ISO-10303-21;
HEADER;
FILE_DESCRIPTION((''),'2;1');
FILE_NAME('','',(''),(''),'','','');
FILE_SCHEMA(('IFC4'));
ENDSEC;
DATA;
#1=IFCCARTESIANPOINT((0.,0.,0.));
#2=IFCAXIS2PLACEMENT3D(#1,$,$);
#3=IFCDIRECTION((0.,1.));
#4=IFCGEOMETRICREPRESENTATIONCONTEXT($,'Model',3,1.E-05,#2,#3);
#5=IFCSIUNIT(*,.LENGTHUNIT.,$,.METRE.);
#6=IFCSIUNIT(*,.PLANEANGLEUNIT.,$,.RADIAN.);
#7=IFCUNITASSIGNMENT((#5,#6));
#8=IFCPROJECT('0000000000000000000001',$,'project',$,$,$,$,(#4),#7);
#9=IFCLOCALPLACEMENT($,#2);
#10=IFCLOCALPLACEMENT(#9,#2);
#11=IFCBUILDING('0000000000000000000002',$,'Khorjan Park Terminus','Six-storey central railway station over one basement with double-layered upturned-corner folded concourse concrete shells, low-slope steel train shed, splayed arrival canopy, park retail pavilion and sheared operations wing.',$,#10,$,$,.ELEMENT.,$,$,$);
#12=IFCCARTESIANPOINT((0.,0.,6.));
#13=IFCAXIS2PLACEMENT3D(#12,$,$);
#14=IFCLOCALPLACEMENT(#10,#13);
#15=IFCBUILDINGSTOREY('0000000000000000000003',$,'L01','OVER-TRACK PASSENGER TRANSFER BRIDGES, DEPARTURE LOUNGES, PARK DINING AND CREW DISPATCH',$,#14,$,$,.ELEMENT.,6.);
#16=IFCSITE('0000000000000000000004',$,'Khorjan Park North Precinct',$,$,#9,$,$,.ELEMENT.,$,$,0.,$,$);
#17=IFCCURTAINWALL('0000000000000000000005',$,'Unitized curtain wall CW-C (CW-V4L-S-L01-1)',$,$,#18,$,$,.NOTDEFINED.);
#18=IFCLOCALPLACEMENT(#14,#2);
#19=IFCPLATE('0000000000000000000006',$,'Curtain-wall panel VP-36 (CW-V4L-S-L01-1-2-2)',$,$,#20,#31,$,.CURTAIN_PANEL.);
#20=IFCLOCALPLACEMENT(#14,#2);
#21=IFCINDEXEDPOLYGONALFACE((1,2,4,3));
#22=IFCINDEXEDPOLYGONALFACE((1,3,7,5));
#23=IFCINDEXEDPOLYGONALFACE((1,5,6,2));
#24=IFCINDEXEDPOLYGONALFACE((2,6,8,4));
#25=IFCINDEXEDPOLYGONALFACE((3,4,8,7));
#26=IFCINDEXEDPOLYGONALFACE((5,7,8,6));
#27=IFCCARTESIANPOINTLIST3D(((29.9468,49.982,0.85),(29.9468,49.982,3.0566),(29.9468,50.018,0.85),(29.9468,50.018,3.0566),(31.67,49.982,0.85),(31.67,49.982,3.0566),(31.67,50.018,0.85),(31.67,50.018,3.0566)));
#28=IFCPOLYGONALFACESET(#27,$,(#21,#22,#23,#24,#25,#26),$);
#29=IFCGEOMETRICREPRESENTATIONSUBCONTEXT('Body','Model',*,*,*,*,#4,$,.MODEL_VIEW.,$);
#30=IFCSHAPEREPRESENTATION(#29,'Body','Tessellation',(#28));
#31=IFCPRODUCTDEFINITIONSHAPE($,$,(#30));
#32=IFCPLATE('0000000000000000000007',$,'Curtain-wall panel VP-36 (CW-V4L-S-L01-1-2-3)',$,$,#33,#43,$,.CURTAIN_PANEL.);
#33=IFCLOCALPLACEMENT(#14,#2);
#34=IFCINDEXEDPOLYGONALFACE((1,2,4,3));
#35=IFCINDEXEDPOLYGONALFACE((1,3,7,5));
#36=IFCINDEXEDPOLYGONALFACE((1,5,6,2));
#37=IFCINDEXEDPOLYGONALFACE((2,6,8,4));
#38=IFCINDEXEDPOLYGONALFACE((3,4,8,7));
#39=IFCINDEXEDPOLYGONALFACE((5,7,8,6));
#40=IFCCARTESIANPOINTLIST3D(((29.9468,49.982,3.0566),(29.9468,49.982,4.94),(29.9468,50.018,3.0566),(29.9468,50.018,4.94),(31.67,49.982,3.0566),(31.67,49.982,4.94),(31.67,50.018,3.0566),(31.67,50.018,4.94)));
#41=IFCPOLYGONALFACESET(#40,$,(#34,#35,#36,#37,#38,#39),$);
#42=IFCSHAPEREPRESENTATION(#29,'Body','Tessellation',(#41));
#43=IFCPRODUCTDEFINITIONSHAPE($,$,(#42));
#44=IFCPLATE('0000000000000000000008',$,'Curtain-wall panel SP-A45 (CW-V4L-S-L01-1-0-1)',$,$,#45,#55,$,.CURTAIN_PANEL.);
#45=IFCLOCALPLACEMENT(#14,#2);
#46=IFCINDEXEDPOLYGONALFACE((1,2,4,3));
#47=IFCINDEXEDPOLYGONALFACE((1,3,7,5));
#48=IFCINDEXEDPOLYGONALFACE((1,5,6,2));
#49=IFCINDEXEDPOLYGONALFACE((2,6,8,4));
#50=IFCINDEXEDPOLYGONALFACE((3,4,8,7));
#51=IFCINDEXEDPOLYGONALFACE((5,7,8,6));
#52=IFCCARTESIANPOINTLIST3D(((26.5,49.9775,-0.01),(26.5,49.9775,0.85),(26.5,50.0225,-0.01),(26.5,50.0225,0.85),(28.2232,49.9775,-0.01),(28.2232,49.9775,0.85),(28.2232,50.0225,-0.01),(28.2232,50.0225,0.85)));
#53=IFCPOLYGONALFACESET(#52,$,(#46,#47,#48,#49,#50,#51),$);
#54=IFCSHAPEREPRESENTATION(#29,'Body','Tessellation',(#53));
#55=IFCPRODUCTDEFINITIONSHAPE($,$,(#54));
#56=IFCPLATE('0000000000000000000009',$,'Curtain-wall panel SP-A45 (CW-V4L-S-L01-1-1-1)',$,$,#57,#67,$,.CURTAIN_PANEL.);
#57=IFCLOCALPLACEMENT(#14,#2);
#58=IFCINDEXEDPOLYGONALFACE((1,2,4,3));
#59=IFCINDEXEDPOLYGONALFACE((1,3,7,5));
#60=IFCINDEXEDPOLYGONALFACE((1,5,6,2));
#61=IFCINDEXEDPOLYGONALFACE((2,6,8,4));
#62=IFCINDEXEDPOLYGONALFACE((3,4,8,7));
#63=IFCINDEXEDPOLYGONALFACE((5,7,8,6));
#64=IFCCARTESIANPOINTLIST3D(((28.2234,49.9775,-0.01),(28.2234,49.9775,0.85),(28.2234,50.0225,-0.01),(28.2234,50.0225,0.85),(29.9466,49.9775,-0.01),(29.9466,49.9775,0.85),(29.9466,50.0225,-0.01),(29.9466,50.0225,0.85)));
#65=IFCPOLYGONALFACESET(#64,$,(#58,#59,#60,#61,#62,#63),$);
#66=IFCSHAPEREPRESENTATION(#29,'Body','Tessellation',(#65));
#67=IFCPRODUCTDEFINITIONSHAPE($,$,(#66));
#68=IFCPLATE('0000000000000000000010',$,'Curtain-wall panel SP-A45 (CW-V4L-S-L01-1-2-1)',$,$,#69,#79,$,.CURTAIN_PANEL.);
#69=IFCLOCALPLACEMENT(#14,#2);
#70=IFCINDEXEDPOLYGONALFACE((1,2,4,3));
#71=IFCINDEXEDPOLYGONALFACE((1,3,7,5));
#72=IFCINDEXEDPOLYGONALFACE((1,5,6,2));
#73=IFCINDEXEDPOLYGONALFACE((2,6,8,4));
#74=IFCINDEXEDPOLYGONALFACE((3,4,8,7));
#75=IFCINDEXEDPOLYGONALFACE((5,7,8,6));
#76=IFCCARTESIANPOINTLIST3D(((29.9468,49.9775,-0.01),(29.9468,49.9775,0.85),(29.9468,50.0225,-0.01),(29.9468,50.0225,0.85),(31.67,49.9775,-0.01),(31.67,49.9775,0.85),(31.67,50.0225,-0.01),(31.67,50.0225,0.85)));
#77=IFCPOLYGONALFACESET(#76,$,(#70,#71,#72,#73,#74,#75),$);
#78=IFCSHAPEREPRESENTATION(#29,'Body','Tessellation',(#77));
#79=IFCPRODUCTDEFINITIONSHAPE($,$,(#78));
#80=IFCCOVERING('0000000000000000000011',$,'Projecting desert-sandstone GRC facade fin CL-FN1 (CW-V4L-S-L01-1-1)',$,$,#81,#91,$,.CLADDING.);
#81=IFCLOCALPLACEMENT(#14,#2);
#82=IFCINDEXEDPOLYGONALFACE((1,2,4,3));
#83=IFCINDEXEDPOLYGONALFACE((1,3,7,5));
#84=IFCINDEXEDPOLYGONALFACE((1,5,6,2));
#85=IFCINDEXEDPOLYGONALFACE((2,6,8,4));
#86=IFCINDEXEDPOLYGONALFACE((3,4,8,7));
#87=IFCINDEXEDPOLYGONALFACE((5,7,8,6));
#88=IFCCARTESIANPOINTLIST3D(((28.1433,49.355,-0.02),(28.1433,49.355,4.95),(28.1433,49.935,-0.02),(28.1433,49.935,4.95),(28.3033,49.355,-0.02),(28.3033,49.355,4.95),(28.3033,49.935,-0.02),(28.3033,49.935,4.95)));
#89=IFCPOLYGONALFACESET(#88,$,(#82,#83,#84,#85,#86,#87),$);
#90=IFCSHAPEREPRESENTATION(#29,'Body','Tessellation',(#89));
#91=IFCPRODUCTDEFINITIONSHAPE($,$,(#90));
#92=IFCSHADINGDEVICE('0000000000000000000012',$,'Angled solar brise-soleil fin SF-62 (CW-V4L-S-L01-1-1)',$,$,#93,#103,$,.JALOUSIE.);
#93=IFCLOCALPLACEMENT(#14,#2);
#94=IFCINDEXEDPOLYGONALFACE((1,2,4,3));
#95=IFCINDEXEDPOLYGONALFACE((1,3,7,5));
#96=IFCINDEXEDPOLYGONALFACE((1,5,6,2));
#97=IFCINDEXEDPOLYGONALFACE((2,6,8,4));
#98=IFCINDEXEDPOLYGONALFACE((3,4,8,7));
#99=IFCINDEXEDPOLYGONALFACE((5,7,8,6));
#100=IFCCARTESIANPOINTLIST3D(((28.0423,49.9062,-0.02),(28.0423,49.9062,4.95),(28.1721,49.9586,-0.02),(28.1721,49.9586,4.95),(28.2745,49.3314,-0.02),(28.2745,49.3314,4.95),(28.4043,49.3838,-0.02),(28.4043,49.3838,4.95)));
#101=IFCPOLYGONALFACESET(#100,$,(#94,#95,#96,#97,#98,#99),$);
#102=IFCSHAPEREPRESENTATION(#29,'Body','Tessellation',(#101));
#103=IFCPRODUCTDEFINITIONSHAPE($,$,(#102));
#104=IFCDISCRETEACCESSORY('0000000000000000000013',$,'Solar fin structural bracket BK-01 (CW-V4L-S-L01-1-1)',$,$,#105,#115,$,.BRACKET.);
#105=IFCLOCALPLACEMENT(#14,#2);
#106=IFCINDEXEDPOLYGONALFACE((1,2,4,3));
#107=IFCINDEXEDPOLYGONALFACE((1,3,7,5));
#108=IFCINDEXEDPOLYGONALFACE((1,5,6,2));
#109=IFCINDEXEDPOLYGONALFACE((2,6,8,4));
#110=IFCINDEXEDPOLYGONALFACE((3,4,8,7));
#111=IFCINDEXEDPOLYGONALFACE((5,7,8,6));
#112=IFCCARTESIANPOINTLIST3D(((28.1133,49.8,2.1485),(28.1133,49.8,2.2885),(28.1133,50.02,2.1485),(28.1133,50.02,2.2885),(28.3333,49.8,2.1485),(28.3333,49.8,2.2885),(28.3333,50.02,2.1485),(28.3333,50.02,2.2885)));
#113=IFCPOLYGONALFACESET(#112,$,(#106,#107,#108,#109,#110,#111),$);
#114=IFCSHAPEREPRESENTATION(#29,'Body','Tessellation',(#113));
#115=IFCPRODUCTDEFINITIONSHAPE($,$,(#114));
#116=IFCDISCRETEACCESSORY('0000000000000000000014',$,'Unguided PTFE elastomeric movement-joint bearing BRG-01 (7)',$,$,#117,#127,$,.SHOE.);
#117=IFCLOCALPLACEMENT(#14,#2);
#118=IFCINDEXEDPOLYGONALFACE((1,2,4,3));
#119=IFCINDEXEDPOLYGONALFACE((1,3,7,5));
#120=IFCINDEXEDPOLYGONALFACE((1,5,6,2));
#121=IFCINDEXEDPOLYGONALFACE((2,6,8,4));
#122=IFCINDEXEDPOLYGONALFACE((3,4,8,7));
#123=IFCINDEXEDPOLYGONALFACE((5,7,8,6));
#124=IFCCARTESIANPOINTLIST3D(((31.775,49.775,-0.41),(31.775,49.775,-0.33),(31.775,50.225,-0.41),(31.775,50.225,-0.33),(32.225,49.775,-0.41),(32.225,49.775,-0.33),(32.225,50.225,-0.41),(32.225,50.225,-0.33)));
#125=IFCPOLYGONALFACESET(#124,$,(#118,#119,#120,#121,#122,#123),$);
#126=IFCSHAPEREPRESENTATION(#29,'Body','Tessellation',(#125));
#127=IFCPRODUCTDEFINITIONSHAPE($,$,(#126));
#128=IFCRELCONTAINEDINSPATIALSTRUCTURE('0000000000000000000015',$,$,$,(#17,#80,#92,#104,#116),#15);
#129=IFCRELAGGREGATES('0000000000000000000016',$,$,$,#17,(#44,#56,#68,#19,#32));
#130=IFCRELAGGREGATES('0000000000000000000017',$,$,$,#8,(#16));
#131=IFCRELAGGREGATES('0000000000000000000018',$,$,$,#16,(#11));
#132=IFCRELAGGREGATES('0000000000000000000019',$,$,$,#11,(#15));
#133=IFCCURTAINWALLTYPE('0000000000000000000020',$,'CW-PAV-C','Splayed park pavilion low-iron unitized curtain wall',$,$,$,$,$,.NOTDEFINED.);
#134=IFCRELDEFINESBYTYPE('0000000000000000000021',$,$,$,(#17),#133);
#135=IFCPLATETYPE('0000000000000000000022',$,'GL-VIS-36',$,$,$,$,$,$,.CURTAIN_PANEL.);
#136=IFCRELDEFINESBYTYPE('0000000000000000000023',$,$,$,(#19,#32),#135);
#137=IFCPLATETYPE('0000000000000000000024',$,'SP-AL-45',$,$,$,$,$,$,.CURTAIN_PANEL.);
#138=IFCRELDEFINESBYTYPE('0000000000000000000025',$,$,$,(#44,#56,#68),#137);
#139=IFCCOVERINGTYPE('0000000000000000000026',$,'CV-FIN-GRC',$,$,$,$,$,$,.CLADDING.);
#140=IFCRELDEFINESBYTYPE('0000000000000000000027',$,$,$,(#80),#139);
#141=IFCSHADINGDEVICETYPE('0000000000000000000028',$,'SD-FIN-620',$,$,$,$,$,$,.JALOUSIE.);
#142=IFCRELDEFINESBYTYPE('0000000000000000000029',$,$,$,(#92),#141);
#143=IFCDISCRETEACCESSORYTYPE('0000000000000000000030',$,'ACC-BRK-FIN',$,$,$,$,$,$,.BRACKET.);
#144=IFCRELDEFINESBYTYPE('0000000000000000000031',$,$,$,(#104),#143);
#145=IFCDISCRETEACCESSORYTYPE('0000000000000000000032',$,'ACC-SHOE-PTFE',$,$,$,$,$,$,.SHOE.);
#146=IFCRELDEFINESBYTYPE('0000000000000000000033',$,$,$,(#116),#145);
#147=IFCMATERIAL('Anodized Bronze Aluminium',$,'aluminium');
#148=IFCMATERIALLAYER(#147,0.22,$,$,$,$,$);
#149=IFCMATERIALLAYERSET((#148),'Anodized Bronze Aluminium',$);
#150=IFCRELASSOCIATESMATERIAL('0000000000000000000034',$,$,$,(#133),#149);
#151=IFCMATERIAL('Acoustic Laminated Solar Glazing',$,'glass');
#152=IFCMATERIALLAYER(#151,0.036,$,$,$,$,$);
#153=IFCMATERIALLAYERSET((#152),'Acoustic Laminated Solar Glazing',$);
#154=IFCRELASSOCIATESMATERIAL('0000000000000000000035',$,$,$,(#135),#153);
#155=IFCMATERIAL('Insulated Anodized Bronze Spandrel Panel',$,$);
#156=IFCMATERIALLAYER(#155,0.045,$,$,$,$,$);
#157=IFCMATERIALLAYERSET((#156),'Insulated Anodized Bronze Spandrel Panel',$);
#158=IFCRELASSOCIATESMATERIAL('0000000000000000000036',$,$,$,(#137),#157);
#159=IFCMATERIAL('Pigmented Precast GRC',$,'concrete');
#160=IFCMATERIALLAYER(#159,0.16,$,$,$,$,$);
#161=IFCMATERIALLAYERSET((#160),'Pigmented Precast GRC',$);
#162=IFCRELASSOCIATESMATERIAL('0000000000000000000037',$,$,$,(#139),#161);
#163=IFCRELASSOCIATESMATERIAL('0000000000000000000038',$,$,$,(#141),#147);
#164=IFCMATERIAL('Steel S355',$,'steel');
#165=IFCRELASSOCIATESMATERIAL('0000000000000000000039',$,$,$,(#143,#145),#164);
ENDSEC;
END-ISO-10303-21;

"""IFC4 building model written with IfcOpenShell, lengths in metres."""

from ifc_helpers import new_model, si_unit, direction, frame, origin, origin_2d, place, context, subcontext, project, spatial, rectangle, extrude, material, layer, layer_set, type_object, element, aggregate, save


model = new_model("IFC4")

# Units and contexts
model_context = context("Model", 3, precision=1e-05, world=origin(), true_north=direction((0.0, 1.0)))
body_context = subcontext(model_context, "Body", "Model", "MODEL_VIEW")
ifc_project = project(units=[si_unit("LENGTHUNIT", "METRE"), si_unit("PLANEANGLEUNIT", "RADIAN")], contexts=[model_context])

# Site, building, storey
site_placement = place(None, origin())
site = spatial("IfcSite", under=ifc_project, at=site_placement, Name="Khorjan Park North Precinct", CompositionType="ELEMENT", RefElevation=0.0)
building_placement = place(site_placement, origin())
building = spatial("IfcBuilding", under=site, at=building_placement, Name="Khorjan Park Terminus", Description="Six-storey central railway station over one basement with double-layered upturned-corner folded concourse concrete shells, low-slope steel train shed, splayed arrival canopy, park retail pavilion and sheared operations wing.", CompositionType="ELEMENT")
storey_placement = place(building_placement, frame((0.0, 0.0, 6.0)))
storey = spatial("IfcBuildingStorey", under=building, at=storey_placement, Name="L01", Description="OVER-TRACK PASSENGER TRANSFER BRIDGES, DEPARTURE LOUNGES, PARK DINING AND CREW DISPATCH", CompositionType="ELEMENT", Elevation=6.0)

# Curtain wall
ifc_material_1 = material(Name="Anodized Bronze Aluminium", Category="aluminium")
ifc_layer_1 = layer(ifc_material_1, 0.22)
ifc_layer_set_1 = layer_set([ifc_layer_1], Name="Anodized Bronze Aluminium")
curtain_wall_type = type_object("IfcCurtainWallType", Name="CW-PAV-C", Description="Splayed park pavilion low-iron unitized curtain wall", PredefinedType="NOTDEFINED", material=ifc_layer_set_1)
curtain_wall_1_placement = place(storey_placement, origin())
curtain_wall_1 = element("IfcCurtainWall", 1, at=curtain_wall_1_placement, inside=storey, type_object=curtain_wall_type, Name="Unitized curtain wall CW-C (CW-V4L-S-L01-1)", PredefinedType="NOTDEFINED")

# Plates
ifc_material_2 = material(Name="Acoustic Laminated Solar Glazing", Category="glass")
ifc_layer_2 = layer(ifc_material_2, 0.036)
ifc_layer_set_2 = layer_set([ifc_layer_2], Name="Acoustic Laminated Solar Glazing")
plate_type_1 = type_object("IfcPlateType", Name="GL-VIS-36", PredefinedType="CURTAIN_PANEL", material=ifc_layer_set_2)
plate_1_placement = place(storey_placement, frame((30.8084, 50.0, 0.85), z_axis=(0.0, 0.0, 1.0), x_axis=(1.0, 0.0, 0.0)))
plate_1 = element("IfcPlate", 2, at=plate_1_placement, type_object=plate_type_1, Name="Curtain-wall panel VP-36 (CW-V4L-S-L01-1-2-2)", PredefinedType="CURTAIN_PANEL", context=body_context, shape_type="SweptSolid", body=[
    extrude(rectangle(XDim=1.7233, YDim=0.036, at=origin_2d()), origin(), (0.0, 0.0, 1.0), 2.2066),
])
plate_2_placement = place(storey_placement, frame((30.8084, 50.0, 3.0566), z_axis=(0.0, 0.0, 1.0), x_axis=(1.0, 0.0, 0.0)))
plate_2 = element("IfcPlate", 3, at=plate_2_placement, type_object=plate_type_1, Name="Curtain-wall panel VP-36 (CW-V4L-S-L01-1-2-3)", PredefinedType="CURTAIN_PANEL", context=body_context, shape_type="SweptSolid", body=[
    extrude(rectangle(XDim=1.7233, YDim=0.036, at=origin_2d()), origin(), (0.0, 0.0, 1.0), 1.8834),
])
ifc_material_3 = material(Name="Insulated Anodized Bronze Spandrel Panel")
ifc_layer_3 = layer(ifc_material_3, 0.045)
ifc_layer_set_3 = layer_set([ifc_layer_3], Name="Insulated Anodized Bronze Spandrel Panel")
plate_type_2 = type_object("IfcPlateType", Name="SP-AL-45", PredefinedType="CURTAIN_PANEL", material=ifc_layer_set_3)
plate_3_placement = place(storey_placement, frame((27.3616, 50.0, -0.01), z_axis=(0.0, 0.0, 1.0), x_axis=(1.0, 0.0, 0.0)))
plate_3 = element("IfcPlate", 4, at=plate_3_placement, type_object=plate_type_2, Name="Curtain-wall panel SP-A45 (CW-V4L-S-L01-1-0-1)", PredefinedType="CURTAIN_PANEL", context=body_context, shape_type="SweptSolid", body=[
    extrude(rectangle(XDim=1.7233, YDim=0.045, at=origin_2d()), origin(), (0.0, 0.0, 1.0), 0.86),
])
plate_4_placement = place(storey_placement, frame((29.085, 50.0, -0.01), z_axis=(0.0, 0.0, 1.0), x_axis=(1.0, 0.0, 0.0)))
plate_4 = element("IfcPlate", 5, at=plate_4_placement, type_object=plate_type_2, Name="Curtain-wall panel SP-A45 (CW-V4L-S-L01-1-1-1)", PredefinedType="CURTAIN_PANEL", context=body_context, shape_type="SweptSolid", body=[
    extrude(rectangle(XDim=1.7233, YDim=0.045, at=origin_2d()), origin(), (0.0, 0.0, 1.0), 0.86),
])
plate_5_placement = place(storey_placement, frame((30.8084, 50.0, -0.01), z_axis=(0.0, 0.0, 1.0), x_axis=(1.0, 0.0, 0.0)))
plate_5 = element("IfcPlate", 6, at=plate_5_placement, type_object=plate_type_2, Name="Curtain-wall panel SP-A45 (CW-V4L-S-L01-1-2-1)", PredefinedType="CURTAIN_PANEL", context=body_context, shape_type="SweptSolid", body=[
    extrude(rectangle(XDim=1.7233, YDim=0.045, at=origin_2d()), origin(), (0.0, 0.0, 1.0), 0.86),
])
aggregate(curtain_wall_1, [plate_3, plate_4, plate_5, plate_1, plate_2])

# Covering
ifc_material_4 = material(Name="Pigmented Precast GRC", Category="concrete")
ifc_layer_4 = layer(ifc_material_4, 0.16)
ifc_layer_set_4 = layer_set([ifc_layer_4], Name="Pigmented Precast GRC")
covering_type = type_object("IfcCoveringType", Name="CV-FIN-GRC", PredefinedType="CLADDING", material=ifc_layer_set_4)
covering_placement = place(storey_placement, frame((28.2233, 49.645, -0.02), z_axis=(0.0, 0.0, 1.0), x_axis=(0.0, 1.0, 0.0)))
element("IfcCovering", 7, at=covering_placement, inside=storey, type_object=covering_type, Name="Projecting desert-sandstone GRC facade fin CL-FN1 (CW-V4L-S-L01-1-1)", PredefinedType="CLADDING", context=body_context, shape_type="SweptSolid", body=[
    extrude(rectangle(XDim=0.58, YDim=0.16, at=origin_2d()), origin(), (0.0, 0.0, 1.0), 4.97),
])

# Shading device
shading_device_type = type_object("IfcShadingDeviceType", Name="SD-FIN-620", PredefinedType="JALOUSIE", material=ifc_material_1)
shading_device_placement = place(storey_placement, frame((28.2233, 49.645, -0.02), z_axis=(0.0, 0.0, 1.0), x_axis=(-0.374607, 0.927184, 0.0)))
element("IfcShadingDevice", 8, at=shading_device_placement, inside=storey, type_object=shading_device_type, Name="Angled solar brise-soleil fin SF-62 (CW-V4L-S-L01-1-1)", PredefinedType="JALOUSIE", context=body_context, shape_type="SweptSolid", body=[
    extrude(rectangle(XDim=0.62, YDim=0.14, at=origin_2d()), origin(), (0.0, 0.0, 1.0), 4.97),
])

# Discrete accessories
ifc_material_5 = material(Name="Steel S355", Category="steel")
discrete_accessory_type_1 = type_object("IfcDiscreteAccessoryType", Name="ACC-BRK-FIN", PredefinedType="BRACKET", material=ifc_material_5)
discrete_accessory_1_placement = place(storey_placement, frame((28.2233, 49.91, 2.1485), z_axis=(0.0, 0.0, 1.0), x_axis=(1.0, 0.0, 0.0)))
element("IfcDiscreteAccessory", 9, at=discrete_accessory_1_placement, inside=storey, type_object=discrete_accessory_type_1, Name="Solar fin structural bracket BK-01 (CW-V4L-S-L01-1-1)", PredefinedType="BRACKET", context=body_context, shape_type="SweptSolid", body=[
    extrude(rectangle(XDim=0.22, YDim=0.22, at=origin_2d()), origin(), (0.0, 0.0, 1.0), 0.14),
])
discrete_accessory_type_2 = type_object("IfcDiscreteAccessoryType", Name="ACC-SHOE-PTFE", PredefinedType="SHOE", material=ifc_material_5)
discrete_accessory_2_placement = place(storey_placement, frame((32.0, 50.0, -0.41), z_axis=(0.0, 0.0, 1.0), x_axis=(1.0, 0.0, 0.0)))
element("IfcDiscreteAccessory", 10, at=discrete_accessory_2_placement, inside=storey, type_object=discrete_accessory_type_2, Name="Unguided PTFE elastomeric movement-joint bearing BRG-01 (7)", PredefinedType="SHOE", context=body_context, shape_type="SweptSolid", body=[
    extrude(rectangle(XDim=0.45, YDim=0.45, at=origin_2d()), origin(), (0.0, 0.0, 1.0), 0.08),
])

save(model, "model.ifc")
